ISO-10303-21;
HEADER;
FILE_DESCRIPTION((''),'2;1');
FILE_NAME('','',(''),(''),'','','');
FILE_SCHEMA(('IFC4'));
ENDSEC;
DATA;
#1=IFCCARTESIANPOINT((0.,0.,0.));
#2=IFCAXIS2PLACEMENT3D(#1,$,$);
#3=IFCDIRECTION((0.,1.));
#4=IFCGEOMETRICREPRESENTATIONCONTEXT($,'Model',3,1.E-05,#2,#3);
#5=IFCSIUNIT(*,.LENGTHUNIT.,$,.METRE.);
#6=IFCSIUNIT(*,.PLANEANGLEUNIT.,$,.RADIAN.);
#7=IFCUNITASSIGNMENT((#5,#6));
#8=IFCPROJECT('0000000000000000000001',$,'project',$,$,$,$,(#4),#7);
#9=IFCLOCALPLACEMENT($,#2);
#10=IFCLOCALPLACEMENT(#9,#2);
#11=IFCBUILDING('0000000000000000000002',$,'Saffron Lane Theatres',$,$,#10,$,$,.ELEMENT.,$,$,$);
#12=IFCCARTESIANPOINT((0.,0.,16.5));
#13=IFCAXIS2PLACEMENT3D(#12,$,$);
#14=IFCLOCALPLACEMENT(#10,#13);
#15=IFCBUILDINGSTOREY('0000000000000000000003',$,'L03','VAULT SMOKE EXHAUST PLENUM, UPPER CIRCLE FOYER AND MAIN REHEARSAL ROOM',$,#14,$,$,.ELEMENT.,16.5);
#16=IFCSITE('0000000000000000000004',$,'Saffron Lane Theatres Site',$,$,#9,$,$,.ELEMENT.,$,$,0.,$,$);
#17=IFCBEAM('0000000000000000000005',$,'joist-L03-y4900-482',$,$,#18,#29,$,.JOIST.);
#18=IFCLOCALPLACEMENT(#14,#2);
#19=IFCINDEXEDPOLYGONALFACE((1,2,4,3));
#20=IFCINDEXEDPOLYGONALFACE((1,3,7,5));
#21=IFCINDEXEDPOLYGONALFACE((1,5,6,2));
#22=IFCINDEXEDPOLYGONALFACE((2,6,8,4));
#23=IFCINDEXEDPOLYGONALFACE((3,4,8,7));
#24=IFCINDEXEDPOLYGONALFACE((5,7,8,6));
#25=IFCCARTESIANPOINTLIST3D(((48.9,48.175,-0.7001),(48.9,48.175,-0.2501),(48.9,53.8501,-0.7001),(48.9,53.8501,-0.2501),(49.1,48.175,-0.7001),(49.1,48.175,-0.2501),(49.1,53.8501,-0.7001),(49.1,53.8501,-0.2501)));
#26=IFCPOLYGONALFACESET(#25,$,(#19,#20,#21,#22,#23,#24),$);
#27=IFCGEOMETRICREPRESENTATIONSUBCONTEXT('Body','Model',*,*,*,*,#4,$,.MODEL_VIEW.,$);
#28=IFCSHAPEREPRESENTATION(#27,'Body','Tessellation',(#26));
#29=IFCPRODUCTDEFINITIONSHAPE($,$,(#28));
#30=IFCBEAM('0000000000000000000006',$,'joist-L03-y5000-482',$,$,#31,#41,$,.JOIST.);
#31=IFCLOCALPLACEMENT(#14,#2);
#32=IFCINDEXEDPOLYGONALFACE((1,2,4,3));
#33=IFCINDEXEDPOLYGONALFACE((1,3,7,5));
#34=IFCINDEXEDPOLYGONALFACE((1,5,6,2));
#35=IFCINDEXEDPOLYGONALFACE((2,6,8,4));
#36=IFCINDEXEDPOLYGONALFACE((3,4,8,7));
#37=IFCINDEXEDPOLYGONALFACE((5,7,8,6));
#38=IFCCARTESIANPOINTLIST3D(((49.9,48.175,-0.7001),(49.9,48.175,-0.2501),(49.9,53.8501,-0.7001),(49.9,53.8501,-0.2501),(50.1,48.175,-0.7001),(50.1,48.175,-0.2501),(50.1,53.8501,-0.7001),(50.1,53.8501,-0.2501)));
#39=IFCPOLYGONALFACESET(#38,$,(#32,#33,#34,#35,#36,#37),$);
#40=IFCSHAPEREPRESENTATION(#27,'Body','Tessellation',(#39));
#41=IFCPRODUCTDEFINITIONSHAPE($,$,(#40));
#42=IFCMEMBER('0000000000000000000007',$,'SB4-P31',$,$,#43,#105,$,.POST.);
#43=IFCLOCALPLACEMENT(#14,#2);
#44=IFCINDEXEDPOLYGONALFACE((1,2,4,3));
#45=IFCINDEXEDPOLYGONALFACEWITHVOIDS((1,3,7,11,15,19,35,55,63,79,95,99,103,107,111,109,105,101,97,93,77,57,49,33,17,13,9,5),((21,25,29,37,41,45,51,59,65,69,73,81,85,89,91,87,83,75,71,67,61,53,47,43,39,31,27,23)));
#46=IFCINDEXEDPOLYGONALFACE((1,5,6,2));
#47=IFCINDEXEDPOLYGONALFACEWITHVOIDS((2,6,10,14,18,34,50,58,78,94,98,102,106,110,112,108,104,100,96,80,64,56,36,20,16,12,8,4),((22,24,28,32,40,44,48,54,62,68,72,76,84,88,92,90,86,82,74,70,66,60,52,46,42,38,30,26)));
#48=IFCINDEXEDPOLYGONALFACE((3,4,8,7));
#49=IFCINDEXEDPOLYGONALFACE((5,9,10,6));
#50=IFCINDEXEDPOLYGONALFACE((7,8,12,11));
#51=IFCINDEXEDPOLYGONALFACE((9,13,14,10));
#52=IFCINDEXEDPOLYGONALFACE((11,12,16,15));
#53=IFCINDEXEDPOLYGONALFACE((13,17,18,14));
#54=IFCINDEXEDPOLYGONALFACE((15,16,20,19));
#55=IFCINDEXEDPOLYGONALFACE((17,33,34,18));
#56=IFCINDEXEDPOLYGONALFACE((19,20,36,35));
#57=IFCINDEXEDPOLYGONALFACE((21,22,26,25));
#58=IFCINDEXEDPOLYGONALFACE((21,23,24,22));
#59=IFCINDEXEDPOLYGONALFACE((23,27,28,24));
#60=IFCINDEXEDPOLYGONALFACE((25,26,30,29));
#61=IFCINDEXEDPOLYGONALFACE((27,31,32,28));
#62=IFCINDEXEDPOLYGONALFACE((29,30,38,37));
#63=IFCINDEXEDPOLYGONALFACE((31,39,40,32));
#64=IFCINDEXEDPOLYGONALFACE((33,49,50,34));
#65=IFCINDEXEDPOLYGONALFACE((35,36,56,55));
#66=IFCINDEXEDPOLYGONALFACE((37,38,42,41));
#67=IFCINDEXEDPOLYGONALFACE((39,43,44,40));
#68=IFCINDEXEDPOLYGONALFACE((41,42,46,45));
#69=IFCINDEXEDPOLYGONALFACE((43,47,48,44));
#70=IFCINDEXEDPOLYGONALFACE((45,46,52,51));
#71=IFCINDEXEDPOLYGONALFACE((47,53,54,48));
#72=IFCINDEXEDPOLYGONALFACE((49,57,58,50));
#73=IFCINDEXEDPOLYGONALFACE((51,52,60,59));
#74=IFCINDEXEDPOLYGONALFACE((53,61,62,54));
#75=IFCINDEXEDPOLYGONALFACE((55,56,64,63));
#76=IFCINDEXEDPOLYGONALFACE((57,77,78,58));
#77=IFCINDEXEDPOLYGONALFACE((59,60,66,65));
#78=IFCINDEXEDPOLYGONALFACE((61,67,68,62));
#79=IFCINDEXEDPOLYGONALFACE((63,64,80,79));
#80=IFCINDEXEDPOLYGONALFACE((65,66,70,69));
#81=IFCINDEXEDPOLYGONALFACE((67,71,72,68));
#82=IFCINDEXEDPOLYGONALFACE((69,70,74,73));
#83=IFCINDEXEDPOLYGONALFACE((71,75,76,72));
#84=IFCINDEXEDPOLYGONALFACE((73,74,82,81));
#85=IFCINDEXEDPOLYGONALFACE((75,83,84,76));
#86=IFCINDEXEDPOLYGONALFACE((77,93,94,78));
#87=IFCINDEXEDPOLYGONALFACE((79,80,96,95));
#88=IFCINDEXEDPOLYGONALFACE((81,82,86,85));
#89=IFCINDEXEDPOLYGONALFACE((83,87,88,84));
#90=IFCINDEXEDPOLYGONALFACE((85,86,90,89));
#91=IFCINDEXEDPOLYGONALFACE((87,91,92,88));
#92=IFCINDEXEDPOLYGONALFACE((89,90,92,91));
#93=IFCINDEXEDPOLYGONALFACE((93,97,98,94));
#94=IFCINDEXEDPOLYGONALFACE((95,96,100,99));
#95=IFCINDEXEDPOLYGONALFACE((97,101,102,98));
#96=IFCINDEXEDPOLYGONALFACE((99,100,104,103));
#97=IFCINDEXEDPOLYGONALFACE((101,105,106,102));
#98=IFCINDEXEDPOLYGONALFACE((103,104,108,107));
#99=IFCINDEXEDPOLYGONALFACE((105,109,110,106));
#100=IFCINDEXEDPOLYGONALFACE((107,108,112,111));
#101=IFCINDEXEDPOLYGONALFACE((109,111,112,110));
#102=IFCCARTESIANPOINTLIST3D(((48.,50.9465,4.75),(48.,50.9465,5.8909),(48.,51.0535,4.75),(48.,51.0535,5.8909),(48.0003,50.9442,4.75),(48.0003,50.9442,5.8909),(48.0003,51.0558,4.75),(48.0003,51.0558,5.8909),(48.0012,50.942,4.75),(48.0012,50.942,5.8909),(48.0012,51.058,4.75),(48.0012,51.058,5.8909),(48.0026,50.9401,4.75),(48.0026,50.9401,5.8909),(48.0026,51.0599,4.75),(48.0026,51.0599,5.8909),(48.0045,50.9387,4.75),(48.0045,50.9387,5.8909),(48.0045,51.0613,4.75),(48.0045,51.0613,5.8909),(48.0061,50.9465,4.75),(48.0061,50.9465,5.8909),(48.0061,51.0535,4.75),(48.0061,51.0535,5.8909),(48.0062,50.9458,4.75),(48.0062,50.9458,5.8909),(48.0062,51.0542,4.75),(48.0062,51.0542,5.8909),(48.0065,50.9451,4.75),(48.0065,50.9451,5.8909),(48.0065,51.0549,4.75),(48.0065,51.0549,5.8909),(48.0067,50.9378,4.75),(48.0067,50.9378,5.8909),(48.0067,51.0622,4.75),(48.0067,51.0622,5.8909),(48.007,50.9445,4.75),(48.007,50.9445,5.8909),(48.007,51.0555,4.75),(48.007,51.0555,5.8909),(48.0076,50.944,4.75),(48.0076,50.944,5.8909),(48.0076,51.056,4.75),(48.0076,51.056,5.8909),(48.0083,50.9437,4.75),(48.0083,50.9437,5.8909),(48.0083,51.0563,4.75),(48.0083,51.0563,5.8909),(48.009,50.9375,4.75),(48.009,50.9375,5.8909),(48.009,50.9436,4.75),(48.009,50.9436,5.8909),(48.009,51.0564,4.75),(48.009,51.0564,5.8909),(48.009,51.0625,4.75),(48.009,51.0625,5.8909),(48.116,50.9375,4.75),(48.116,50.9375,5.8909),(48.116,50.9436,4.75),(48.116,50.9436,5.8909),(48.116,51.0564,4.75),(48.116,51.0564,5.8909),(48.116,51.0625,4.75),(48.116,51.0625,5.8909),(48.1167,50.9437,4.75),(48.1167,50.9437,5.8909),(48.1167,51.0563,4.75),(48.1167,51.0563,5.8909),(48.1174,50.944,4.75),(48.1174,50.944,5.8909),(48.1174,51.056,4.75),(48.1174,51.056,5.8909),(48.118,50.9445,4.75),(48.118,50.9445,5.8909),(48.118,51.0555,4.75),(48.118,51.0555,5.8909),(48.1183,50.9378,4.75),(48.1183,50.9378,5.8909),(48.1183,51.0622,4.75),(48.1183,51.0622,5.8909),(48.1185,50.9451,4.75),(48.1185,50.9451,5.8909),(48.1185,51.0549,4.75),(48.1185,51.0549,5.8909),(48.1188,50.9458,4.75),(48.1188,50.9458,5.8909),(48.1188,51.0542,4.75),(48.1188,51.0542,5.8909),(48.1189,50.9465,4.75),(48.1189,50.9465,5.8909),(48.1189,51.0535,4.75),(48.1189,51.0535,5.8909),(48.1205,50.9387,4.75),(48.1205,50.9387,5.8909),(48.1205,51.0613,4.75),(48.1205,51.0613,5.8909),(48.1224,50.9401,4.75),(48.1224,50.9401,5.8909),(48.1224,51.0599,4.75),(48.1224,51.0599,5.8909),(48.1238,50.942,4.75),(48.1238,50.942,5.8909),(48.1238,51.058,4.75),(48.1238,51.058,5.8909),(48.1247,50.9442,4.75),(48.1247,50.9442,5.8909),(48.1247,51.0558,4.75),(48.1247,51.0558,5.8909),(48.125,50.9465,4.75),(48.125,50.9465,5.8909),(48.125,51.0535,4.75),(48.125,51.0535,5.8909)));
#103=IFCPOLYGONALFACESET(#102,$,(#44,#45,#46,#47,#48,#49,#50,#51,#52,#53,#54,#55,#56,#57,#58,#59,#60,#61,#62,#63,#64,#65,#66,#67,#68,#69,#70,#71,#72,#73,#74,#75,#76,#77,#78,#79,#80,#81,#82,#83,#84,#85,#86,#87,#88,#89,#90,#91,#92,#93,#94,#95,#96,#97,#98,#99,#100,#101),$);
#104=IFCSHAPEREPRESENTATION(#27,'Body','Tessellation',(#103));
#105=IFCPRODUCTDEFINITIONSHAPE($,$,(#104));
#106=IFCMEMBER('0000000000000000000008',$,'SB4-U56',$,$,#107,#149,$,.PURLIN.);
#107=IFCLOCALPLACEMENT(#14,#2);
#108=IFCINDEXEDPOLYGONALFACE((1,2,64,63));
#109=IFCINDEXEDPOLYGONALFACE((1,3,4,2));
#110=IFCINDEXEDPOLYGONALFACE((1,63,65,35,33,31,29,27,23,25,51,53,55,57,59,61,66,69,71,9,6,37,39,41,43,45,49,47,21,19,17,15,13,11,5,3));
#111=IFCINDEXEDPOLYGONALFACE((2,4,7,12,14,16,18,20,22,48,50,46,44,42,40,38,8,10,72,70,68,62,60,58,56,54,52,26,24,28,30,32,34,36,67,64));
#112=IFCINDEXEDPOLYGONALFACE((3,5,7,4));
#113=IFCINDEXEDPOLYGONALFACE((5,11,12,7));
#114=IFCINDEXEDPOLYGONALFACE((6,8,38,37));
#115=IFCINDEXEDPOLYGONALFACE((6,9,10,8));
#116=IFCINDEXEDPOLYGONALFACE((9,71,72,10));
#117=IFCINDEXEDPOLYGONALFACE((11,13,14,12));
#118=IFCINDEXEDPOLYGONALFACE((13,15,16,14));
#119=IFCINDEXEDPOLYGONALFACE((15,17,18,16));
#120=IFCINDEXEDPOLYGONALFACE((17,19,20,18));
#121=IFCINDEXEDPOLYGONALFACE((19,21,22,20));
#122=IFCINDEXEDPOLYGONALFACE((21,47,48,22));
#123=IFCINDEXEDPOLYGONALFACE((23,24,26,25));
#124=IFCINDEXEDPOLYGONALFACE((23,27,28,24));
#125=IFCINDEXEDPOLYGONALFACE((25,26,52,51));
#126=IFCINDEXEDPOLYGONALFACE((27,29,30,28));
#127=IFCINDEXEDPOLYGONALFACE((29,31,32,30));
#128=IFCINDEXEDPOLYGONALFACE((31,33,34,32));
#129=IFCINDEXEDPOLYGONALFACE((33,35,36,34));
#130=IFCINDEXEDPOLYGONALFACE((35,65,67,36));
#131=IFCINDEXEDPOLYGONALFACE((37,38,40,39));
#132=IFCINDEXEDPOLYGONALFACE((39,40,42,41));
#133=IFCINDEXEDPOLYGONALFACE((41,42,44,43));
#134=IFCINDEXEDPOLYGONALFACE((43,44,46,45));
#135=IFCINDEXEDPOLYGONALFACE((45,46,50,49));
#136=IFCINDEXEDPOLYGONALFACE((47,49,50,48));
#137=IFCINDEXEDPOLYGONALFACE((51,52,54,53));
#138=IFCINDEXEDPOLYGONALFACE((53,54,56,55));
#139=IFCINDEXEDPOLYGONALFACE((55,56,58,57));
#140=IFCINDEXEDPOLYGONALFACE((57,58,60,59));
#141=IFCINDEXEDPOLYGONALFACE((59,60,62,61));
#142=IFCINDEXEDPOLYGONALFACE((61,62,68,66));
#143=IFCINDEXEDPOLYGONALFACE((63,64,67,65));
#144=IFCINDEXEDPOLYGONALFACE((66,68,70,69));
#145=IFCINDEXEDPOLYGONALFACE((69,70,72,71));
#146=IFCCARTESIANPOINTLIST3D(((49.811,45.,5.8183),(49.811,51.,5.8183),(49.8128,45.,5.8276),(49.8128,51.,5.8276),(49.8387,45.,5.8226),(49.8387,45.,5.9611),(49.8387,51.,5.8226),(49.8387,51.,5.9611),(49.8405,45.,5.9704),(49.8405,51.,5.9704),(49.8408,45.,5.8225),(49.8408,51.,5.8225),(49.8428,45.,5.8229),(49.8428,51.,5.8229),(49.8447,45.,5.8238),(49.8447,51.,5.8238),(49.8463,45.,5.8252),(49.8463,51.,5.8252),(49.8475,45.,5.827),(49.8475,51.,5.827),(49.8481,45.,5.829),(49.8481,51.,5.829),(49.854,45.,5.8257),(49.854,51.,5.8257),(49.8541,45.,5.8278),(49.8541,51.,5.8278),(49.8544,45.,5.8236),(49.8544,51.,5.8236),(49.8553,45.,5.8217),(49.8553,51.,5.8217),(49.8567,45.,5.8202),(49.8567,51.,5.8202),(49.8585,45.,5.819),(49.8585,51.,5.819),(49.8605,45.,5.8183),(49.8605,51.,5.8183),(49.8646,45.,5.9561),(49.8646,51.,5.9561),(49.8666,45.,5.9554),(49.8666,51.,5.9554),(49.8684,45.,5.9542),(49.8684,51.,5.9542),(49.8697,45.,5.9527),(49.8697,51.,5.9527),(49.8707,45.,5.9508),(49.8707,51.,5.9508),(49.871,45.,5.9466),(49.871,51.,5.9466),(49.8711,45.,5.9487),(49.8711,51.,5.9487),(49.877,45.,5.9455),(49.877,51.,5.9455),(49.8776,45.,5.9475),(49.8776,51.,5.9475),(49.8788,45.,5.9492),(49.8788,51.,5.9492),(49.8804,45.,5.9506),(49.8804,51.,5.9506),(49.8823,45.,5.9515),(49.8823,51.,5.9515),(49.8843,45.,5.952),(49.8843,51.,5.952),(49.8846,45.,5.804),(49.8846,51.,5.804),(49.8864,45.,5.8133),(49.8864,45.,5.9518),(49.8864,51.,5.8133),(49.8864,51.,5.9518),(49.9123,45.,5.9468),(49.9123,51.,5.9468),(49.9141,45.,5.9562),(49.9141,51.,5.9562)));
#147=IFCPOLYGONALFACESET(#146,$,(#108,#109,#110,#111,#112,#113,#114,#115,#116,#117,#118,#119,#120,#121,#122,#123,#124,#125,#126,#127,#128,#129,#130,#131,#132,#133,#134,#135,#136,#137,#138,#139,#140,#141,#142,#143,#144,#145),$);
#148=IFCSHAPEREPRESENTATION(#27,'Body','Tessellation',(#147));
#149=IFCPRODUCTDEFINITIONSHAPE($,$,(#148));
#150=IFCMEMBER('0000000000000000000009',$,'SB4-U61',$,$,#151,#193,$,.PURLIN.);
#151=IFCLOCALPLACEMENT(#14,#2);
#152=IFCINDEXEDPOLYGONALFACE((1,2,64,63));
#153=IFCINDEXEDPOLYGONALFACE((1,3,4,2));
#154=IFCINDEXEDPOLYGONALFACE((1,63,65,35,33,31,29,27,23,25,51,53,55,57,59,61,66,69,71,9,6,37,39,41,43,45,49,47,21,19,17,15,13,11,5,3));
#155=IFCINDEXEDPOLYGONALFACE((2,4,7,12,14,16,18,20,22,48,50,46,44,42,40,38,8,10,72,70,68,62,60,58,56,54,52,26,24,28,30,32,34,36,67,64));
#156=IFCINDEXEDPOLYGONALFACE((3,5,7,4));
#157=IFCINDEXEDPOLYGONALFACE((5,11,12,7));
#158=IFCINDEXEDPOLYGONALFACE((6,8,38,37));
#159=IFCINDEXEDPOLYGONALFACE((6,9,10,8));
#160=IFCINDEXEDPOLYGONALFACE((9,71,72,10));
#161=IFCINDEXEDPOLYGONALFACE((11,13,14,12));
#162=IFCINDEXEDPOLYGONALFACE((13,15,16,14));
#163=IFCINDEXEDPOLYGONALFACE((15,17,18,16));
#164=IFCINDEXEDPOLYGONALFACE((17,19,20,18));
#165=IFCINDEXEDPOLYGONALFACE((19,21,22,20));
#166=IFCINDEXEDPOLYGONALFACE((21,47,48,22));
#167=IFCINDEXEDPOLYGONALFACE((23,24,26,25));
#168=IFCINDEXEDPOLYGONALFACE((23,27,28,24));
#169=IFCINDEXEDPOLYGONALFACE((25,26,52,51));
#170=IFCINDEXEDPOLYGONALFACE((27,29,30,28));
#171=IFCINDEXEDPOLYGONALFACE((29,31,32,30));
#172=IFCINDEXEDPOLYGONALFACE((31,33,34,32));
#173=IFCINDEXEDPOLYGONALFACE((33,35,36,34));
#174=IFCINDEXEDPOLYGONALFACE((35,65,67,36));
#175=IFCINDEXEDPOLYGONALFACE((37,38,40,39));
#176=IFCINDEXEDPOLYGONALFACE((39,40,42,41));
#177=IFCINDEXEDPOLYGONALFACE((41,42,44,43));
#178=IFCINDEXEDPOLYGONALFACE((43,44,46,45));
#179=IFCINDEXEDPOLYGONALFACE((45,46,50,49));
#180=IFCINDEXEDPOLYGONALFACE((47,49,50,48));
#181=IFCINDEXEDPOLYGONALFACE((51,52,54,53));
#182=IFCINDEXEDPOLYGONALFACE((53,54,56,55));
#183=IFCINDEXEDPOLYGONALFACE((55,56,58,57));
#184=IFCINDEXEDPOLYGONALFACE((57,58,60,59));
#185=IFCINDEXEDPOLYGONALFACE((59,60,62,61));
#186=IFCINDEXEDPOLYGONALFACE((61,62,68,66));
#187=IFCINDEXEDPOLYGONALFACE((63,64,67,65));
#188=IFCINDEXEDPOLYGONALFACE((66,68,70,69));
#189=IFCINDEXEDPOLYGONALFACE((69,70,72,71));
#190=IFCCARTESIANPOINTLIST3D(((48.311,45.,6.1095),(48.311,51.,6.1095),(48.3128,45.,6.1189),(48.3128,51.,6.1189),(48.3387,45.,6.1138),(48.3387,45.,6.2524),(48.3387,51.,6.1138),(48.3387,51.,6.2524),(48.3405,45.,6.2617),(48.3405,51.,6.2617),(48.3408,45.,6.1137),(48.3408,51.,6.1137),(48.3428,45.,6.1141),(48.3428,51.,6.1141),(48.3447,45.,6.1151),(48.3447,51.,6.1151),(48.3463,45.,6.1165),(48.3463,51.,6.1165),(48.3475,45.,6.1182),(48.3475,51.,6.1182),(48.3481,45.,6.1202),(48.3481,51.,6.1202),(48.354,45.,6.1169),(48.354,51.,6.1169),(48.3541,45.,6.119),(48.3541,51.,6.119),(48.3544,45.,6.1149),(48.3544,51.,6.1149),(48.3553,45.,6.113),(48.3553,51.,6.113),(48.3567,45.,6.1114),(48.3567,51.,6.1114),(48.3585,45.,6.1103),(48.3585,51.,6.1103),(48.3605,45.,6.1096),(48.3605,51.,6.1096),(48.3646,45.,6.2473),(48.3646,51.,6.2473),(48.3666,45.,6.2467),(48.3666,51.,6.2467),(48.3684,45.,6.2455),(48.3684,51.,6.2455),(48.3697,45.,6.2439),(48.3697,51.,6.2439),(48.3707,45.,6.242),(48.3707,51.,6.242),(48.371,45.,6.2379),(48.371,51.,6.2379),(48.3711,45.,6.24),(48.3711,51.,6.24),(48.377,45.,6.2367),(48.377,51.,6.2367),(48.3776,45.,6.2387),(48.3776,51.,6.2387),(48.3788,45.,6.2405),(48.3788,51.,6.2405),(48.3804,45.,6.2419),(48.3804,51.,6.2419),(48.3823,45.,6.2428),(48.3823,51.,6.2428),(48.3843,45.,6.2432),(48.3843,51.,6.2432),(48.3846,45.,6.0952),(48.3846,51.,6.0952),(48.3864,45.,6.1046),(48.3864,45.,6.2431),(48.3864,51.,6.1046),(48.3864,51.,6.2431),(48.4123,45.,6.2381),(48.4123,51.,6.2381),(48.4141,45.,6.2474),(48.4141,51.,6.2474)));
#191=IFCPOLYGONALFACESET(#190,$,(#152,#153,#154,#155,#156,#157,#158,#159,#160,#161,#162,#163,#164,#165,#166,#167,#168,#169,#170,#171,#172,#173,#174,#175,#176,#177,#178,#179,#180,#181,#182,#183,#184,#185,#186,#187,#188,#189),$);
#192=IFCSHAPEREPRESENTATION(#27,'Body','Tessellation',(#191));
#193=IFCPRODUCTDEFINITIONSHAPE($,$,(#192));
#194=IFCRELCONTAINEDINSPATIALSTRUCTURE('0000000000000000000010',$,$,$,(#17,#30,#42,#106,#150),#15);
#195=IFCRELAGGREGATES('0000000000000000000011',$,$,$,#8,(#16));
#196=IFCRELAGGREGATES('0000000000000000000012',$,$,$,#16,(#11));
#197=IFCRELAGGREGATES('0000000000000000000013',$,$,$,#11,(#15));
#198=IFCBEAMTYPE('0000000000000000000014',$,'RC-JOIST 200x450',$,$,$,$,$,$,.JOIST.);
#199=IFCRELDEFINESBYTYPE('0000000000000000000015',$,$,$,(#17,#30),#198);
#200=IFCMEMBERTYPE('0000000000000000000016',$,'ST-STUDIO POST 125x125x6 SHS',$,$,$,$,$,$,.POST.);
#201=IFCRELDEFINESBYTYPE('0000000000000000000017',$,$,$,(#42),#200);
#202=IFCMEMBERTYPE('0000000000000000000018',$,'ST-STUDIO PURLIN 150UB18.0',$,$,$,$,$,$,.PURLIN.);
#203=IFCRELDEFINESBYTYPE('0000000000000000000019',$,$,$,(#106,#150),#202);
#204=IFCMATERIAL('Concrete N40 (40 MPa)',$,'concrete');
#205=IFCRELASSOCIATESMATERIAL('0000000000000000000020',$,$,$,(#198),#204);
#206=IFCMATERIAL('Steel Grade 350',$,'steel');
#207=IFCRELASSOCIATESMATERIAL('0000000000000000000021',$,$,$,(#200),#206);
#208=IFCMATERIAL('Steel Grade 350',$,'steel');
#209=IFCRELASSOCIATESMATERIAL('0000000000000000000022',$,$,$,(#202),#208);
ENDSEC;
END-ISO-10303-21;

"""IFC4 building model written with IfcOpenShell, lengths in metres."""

from ifc_helpers import new_model, si_unit, direction, frame, origin, origin_2d, place, context, subcontext, project, spatial, rectangle, hollow_rectangle, i_section, extrude, material, material_profile, profile_set, type_object, element, save


model = new_model("IFC4")

# Units and contexts
model_context = context("Model", 3, precision=1e-05, world=origin(), true_north=direction((0.0, 1.0)))
body_context = subcontext(model_context, "Body", "Model", "MODEL_VIEW")
ifc_project = project(units=[si_unit("LENGTHUNIT", "METRE"), si_unit("PLANEANGLEUNIT", "RADIAN")], contexts=[model_context])

# Site, building, storey
site_placement = place(None, origin())
site = spatial("IfcSite", under=ifc_project, at=site_placement, Name="Saffron Lane Theatres Site", CompositionType="ELEMENT", RefElevation=0.0)
building_placement = place(site_placement, origin())
building = spatial("IfcBuilding", under=site, at=building_placement, Name="Saffron Lane Theatres", CompositionType="ELEMENT")
storey_placement = place(building_placement, frame((0.0, 0.0, 16.5)))
storey = spatial("IfcBuildingStorey", under=building, at=storey_placement, Name="L03", Description="VAULT SMOKE EXHAUST PLENUM, UPPER CIRCLE FOYER AND MAIN REHEARSAL ROOM", CompositionType="ELEMENT", Elevation=16.5)

# Beams
ifc_material_1 = material(Name="Concrete N40 (40 MPa)", Category="concrete")
ifc_material_profile_1 = material_profile(ifc_material_1, rectangle(XDim=0.2, YDim=0.45, at=origin_2d()))
ifc_profile_set_1 = profile_set([ifc_material_profile_1], Name="Concrete N40 (40 MPa)")
beam_type = type_object("IfcBeamType", Name="RC-JOIST 200x450", PredefinedType="JOIST", material=ifc_profile_set_1)
for number, where, z_axis, x_axis, name in (
    (1, (49.0, 48.175, -0.4751), (0.0, 1.0, 0.0), (-1.0, 0.0, 0.0), "joist-L03-y4900-482"),
    (2, (50.0, 48.175, -0.4751), (0.0, 1.0, 0.0), (-1.0, 0.0, 0.0), "joist-L03-y5000-482"),
):
    element("IfcBeam", number, at=place(storey_placement, frame(where, z_axis=z_axis, x_axis=x_axis)), inside=storey, type_object=beam_type, Name=name, PredefinedType="JOIST", context=body_context, shape_type="SweptSolid", body=[
        extrude(rectangle(XDim=0.2, YDim=0.45, at=origin_2d()), origin(), (0.0, 0.0, 1.0), 5.675),
    ])

# Members
ifc_material_2 = material(Name="Steel Grade 350", Category="steel")
ifc_material_profile_2 = material_profile(ifc_material_2, hollow_rectangle(XDim=0.125, YDim=0.125, WallThickness=0.0061, InnerFilletRadius=0.0029, OuterFilletRadius=0.009, at=origin_2d()))
ifc_profile_set_2 = profile_set([ifc_material_profile_2], Name="Steel Grade 350")
member_type_1 = type_object("IfcMemberType", Name="ST-STUDIO POST 125x125x6 SHS", PredefinedType="POST", material=ifc_profile_set_2)
member_1_placement = place(storey_placement, frame((48.0625, 51.0, 4.75), z_axis=(0.0, 0.0, 1.0), x_axis=(1.0, 0.0, 0.0)))
element("IfcMember", 3, at=member_1_placement, inside=storey, type_object=member_type_1, Name="SB4-P31", PredefinedType="POST", context=body_context, shape_type="SweptSolid", body=[
    extrude(hollow_rectangle(XDim=0.125, YDim=0.125, WallThickness=0.0061, InnerFilletRadius=0.0029, OuterFilletRadius=0.009, at=origin_2d()), origin(), (0.0, 0.0, 1.0), 1.1409),
])
ifc_material_3 = material(Name="Steel Grade 350", Category="steel")
ifc_material_profile_3 = material_profile(ifc_material_3, i_section(OverallWidth=0.075, OverallDepth=0.155, WebThickness=0.0061, FlangeThickness=0.0095, FilletRadius=0.0081, at=origin_2d()))
ifc_profile_set_3 = profile_set([ifc_material_profile_3], Name="Steel Grade 350")
member_type_2 = type_object("IfcMemberType", Name="ST-STUDIO PURLIN 150UB18.0", PredefinedType="PURLIN", material=ifc_profile_set_3)
for number, where, z_axis, x_axis, name in (
    (4, (49.8625, 45.0, 5.8872), (0.0, 1.0, 0.0), (-0.981661, 0.0, 0.190637), "SB4-U56"),
    (5, (48.3625, 45.0, 6.1785), (0.0, 1.0, 0.0), (-0.981661, 0.0, 0.190637), "SB4-U61"),
):
    element("IfcMember", number, at=place(storey_placement, frame(where, z_axis=z_axis, x_axis=x_axis)), inside=storey, type_object=member_type_2, Name=name, PredefinedType="PURLIN", context=body_context, shape_type="SweptSolid", body=[
        extrude(i_section(OverallWidth=0.075, OverallDepth=0.155, WebThickness=0.0061, FlangeThickness=0.0095, FilletRadius=0.0081, at=origin_2d()), origin(), (0.0, 0.0, 1.0), 6.0),
    ])

save(model, "model.ifc")
